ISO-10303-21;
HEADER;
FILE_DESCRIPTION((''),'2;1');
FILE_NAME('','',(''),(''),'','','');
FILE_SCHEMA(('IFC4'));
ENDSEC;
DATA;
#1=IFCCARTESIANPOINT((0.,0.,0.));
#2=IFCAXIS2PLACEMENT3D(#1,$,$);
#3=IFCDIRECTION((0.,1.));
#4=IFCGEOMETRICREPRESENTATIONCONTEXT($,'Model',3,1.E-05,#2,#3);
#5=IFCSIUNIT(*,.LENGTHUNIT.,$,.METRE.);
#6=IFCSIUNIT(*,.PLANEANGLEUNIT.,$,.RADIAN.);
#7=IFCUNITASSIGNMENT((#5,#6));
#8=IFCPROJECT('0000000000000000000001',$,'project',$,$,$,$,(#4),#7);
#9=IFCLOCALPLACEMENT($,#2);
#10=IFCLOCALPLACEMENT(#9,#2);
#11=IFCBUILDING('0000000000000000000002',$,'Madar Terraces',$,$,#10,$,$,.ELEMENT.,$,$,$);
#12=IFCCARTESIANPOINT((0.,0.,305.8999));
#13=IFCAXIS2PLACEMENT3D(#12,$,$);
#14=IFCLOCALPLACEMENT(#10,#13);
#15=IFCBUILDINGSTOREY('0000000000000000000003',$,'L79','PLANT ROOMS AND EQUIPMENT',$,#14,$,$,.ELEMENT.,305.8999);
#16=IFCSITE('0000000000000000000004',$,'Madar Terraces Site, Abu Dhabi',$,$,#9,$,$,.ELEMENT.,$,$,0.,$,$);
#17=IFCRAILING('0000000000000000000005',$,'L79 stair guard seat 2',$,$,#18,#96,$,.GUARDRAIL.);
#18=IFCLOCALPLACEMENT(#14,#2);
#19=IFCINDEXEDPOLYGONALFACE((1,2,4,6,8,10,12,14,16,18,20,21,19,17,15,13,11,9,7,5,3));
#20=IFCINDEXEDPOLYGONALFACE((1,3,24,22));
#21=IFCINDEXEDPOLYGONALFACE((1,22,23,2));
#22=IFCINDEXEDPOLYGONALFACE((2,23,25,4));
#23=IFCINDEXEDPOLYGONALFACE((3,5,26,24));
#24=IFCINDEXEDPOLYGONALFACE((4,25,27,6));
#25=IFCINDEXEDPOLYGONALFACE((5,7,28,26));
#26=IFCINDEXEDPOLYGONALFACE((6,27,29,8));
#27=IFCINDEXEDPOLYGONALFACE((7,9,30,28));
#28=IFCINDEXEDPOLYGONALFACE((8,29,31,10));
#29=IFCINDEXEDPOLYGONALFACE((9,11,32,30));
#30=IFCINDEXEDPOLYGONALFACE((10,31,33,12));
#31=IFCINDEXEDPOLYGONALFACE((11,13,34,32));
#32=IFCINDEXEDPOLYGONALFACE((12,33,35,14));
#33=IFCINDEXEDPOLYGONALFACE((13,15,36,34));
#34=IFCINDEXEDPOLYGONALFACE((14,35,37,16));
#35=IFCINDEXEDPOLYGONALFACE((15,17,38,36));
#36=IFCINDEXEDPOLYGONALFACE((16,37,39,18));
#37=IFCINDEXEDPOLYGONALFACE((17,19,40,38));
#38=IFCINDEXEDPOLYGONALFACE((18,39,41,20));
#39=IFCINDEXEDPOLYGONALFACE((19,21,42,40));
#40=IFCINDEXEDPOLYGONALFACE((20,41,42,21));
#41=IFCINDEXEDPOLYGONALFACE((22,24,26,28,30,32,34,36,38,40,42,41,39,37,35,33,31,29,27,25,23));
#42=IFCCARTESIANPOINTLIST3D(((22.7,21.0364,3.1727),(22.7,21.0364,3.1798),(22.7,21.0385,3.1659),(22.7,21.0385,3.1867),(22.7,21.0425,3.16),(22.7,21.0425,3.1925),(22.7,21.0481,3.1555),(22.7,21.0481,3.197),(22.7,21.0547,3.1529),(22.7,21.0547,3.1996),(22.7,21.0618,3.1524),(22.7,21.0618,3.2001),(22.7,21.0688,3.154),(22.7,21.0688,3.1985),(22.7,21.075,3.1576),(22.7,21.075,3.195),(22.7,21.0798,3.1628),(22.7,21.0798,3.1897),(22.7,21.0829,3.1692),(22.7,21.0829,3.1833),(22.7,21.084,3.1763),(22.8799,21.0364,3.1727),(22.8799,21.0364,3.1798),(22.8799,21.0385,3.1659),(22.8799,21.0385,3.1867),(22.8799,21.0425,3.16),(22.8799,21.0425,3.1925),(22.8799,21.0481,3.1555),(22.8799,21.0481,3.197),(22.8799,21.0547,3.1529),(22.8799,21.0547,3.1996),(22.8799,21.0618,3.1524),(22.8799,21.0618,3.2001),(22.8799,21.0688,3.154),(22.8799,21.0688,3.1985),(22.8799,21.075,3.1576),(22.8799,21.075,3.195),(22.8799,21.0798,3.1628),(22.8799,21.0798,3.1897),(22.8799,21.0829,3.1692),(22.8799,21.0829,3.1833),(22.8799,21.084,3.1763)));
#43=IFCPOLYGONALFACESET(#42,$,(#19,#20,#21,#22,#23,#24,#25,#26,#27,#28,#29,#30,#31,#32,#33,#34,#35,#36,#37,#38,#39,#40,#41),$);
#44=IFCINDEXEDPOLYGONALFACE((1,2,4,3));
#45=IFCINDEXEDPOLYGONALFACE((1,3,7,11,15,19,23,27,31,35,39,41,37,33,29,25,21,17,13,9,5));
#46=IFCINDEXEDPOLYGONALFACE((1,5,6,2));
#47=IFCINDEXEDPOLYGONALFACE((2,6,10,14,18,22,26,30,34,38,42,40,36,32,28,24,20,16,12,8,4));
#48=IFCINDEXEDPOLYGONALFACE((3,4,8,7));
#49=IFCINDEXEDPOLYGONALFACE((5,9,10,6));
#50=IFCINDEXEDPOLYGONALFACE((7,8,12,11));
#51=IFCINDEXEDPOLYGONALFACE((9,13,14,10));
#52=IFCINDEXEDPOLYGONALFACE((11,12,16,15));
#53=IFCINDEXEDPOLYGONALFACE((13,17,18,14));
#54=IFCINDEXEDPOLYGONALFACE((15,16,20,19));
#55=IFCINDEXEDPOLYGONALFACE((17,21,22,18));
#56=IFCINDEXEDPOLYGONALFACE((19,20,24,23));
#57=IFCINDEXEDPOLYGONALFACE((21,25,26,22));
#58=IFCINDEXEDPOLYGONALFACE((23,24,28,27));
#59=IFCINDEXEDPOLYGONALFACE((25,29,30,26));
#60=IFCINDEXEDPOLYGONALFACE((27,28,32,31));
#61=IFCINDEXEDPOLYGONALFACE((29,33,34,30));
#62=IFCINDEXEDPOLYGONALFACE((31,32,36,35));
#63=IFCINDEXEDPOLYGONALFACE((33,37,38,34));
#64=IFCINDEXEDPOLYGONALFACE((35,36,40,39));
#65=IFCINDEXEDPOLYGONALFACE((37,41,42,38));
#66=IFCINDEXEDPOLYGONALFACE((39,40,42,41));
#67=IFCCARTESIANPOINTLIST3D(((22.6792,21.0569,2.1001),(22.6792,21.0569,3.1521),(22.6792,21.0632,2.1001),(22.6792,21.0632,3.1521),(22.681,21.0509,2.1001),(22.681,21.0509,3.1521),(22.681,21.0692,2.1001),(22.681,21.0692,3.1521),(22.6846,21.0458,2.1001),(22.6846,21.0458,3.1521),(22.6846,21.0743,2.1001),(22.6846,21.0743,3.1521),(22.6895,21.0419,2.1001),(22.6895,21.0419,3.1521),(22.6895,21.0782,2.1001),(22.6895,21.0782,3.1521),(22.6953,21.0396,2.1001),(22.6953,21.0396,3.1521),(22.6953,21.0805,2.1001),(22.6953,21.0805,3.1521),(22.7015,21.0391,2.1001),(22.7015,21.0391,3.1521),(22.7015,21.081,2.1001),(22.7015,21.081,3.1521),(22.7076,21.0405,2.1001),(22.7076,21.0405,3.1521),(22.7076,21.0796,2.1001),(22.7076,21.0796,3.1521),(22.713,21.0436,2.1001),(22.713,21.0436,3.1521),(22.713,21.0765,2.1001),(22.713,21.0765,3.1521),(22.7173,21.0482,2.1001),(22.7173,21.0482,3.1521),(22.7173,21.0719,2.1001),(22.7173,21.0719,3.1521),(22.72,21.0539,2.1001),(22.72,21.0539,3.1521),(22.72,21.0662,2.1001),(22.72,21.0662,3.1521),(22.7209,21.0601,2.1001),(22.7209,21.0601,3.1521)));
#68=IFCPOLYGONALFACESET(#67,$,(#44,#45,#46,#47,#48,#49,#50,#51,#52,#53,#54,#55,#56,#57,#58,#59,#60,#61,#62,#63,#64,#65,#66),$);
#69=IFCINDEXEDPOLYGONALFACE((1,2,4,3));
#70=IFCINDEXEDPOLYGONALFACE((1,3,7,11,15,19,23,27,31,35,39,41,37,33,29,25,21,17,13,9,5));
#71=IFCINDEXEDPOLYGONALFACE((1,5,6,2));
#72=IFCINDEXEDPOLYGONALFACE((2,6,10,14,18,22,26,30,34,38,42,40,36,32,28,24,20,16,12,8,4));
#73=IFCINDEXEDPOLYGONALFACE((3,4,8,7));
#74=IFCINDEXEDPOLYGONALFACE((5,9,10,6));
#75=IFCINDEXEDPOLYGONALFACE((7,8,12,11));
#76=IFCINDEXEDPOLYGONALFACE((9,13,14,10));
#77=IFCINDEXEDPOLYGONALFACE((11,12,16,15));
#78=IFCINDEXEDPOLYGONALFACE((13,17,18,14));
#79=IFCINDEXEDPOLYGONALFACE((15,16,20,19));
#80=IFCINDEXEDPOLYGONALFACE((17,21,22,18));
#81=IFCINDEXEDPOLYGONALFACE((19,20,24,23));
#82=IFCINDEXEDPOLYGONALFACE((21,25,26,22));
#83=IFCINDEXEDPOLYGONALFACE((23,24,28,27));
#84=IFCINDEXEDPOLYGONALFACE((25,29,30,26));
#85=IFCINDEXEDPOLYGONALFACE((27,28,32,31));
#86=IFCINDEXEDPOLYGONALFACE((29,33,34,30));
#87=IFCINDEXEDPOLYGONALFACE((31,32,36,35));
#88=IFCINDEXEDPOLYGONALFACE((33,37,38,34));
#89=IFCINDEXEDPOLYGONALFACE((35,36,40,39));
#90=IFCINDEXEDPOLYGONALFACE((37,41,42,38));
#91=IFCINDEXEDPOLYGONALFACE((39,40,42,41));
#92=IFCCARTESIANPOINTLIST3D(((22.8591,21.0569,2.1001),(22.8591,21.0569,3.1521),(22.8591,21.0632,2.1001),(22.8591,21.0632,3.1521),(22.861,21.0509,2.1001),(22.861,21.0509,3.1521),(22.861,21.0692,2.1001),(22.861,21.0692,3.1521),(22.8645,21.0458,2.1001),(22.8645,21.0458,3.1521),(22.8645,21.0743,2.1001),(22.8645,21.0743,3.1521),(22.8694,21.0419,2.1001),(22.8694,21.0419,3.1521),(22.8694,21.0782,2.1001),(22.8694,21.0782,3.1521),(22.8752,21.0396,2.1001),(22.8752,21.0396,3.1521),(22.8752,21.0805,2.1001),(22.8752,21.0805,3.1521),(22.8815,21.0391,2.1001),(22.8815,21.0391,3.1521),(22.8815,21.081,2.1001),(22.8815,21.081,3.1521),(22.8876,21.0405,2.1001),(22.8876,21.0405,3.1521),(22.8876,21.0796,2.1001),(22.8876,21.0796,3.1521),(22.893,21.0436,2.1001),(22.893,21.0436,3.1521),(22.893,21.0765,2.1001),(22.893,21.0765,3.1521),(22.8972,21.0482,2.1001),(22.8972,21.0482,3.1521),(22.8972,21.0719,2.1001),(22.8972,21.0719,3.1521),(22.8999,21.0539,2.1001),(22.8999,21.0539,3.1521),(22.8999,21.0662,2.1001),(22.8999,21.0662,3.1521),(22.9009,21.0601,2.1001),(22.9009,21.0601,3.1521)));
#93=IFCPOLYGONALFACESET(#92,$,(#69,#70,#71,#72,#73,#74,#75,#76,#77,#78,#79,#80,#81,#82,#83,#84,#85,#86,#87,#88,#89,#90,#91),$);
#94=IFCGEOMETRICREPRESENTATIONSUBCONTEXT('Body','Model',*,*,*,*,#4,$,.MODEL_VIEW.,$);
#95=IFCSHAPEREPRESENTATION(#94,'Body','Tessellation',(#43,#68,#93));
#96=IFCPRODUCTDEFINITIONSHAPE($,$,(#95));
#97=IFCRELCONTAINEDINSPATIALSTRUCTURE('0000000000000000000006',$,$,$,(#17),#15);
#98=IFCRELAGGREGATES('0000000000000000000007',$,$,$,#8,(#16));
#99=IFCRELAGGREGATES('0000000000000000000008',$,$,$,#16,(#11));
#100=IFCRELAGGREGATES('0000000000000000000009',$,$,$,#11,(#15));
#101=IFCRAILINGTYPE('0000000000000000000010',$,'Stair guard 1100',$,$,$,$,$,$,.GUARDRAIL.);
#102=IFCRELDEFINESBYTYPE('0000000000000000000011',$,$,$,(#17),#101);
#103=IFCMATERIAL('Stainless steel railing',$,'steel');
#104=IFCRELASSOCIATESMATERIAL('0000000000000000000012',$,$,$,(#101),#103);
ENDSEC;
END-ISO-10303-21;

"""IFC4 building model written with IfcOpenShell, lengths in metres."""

from ifc_helpers import new_model, si_unit, direction, frame, origin, origin_2d, place, context, subcontext, project, spatial, circle, extrude, material, type_object, element, save


model = new_model("IFC4")

# Units and contexts
model_context = context("Model", 3, precision=1e-05, world=origin(), true_north=direction((0.0, 1.0)))
body_context = subcontext(model_context, "Body", "Model", "MODEL_VIEW")
ifc_project = project(units=[si_unit("LENGTHUNIT", "METRE"), si_unit("PLANEANGLEUNIT", "RADIAN")], contexts=[model_context])

# Site, building, storey
site_placement = place(None, origin())
site = spatial("IfcSite", under=ifc_project, at=site_placement, Name="Madar Terraces Site, Abu Dhabi", CompositionType="ELEMENT", RefElevation=0.0)
building_placement = place(site_placement, origin())
building = spatial("IfcBuilding", under=site, at=building_placement, Name="Madar Terraces", CompositionType="ELEMENT")
storey_placement = place(building_placement, frame((0.0, 0.0, 305.8999)))
storey = spatial("IfcBuildingStorey", under=building, at=storey_placement, Name="L79", Description="PLANT ROOMS AND EQUIPMENT", CompositionType="ELEMENT", Elevation=305.8999)

# Railing
ifc_material_1 = material(Name="Stainless steel railing", Category="steel")
railing_type = type_object("IfcRailingType", Name="Stair guard 1100", PredefinedType="GUARDRAIL", material=ifc_material_1)
for number, where, name in (
    (1, (22.7, 21.0601, 2.1001), "L79 stair guard seat 2"),
):
    element("IfcRailing", number, at=place(storey_placement, frame(where)), inside=storey, type_object=railing_type, Name=name, PredefinedType="GUARDRAIL", context=body_context, shape_type="SweptSolid", body=[
        extrude(circle(Radius=0.0239, at=origin_2d()), frame((0.0, 0.0, 1.0762), z_axis=(1.0, 0.0, 0.0), x_axis=(0.0, 1.0, 0.0)), (0.0, 0.0, 1.0), 0.1799),
        extrude(circle(Radius=0.021, at=origin_2d()), origin(), (0.0, 0.0, 1.0), 1.052),
        extrude(circle(Radius=0.021, at=origin_2d()), frame((0.1799, 0.0, 0.0)), (0.0, 0.0, 1.0), 1.052),
    ])

save(model, "model.ifc")
